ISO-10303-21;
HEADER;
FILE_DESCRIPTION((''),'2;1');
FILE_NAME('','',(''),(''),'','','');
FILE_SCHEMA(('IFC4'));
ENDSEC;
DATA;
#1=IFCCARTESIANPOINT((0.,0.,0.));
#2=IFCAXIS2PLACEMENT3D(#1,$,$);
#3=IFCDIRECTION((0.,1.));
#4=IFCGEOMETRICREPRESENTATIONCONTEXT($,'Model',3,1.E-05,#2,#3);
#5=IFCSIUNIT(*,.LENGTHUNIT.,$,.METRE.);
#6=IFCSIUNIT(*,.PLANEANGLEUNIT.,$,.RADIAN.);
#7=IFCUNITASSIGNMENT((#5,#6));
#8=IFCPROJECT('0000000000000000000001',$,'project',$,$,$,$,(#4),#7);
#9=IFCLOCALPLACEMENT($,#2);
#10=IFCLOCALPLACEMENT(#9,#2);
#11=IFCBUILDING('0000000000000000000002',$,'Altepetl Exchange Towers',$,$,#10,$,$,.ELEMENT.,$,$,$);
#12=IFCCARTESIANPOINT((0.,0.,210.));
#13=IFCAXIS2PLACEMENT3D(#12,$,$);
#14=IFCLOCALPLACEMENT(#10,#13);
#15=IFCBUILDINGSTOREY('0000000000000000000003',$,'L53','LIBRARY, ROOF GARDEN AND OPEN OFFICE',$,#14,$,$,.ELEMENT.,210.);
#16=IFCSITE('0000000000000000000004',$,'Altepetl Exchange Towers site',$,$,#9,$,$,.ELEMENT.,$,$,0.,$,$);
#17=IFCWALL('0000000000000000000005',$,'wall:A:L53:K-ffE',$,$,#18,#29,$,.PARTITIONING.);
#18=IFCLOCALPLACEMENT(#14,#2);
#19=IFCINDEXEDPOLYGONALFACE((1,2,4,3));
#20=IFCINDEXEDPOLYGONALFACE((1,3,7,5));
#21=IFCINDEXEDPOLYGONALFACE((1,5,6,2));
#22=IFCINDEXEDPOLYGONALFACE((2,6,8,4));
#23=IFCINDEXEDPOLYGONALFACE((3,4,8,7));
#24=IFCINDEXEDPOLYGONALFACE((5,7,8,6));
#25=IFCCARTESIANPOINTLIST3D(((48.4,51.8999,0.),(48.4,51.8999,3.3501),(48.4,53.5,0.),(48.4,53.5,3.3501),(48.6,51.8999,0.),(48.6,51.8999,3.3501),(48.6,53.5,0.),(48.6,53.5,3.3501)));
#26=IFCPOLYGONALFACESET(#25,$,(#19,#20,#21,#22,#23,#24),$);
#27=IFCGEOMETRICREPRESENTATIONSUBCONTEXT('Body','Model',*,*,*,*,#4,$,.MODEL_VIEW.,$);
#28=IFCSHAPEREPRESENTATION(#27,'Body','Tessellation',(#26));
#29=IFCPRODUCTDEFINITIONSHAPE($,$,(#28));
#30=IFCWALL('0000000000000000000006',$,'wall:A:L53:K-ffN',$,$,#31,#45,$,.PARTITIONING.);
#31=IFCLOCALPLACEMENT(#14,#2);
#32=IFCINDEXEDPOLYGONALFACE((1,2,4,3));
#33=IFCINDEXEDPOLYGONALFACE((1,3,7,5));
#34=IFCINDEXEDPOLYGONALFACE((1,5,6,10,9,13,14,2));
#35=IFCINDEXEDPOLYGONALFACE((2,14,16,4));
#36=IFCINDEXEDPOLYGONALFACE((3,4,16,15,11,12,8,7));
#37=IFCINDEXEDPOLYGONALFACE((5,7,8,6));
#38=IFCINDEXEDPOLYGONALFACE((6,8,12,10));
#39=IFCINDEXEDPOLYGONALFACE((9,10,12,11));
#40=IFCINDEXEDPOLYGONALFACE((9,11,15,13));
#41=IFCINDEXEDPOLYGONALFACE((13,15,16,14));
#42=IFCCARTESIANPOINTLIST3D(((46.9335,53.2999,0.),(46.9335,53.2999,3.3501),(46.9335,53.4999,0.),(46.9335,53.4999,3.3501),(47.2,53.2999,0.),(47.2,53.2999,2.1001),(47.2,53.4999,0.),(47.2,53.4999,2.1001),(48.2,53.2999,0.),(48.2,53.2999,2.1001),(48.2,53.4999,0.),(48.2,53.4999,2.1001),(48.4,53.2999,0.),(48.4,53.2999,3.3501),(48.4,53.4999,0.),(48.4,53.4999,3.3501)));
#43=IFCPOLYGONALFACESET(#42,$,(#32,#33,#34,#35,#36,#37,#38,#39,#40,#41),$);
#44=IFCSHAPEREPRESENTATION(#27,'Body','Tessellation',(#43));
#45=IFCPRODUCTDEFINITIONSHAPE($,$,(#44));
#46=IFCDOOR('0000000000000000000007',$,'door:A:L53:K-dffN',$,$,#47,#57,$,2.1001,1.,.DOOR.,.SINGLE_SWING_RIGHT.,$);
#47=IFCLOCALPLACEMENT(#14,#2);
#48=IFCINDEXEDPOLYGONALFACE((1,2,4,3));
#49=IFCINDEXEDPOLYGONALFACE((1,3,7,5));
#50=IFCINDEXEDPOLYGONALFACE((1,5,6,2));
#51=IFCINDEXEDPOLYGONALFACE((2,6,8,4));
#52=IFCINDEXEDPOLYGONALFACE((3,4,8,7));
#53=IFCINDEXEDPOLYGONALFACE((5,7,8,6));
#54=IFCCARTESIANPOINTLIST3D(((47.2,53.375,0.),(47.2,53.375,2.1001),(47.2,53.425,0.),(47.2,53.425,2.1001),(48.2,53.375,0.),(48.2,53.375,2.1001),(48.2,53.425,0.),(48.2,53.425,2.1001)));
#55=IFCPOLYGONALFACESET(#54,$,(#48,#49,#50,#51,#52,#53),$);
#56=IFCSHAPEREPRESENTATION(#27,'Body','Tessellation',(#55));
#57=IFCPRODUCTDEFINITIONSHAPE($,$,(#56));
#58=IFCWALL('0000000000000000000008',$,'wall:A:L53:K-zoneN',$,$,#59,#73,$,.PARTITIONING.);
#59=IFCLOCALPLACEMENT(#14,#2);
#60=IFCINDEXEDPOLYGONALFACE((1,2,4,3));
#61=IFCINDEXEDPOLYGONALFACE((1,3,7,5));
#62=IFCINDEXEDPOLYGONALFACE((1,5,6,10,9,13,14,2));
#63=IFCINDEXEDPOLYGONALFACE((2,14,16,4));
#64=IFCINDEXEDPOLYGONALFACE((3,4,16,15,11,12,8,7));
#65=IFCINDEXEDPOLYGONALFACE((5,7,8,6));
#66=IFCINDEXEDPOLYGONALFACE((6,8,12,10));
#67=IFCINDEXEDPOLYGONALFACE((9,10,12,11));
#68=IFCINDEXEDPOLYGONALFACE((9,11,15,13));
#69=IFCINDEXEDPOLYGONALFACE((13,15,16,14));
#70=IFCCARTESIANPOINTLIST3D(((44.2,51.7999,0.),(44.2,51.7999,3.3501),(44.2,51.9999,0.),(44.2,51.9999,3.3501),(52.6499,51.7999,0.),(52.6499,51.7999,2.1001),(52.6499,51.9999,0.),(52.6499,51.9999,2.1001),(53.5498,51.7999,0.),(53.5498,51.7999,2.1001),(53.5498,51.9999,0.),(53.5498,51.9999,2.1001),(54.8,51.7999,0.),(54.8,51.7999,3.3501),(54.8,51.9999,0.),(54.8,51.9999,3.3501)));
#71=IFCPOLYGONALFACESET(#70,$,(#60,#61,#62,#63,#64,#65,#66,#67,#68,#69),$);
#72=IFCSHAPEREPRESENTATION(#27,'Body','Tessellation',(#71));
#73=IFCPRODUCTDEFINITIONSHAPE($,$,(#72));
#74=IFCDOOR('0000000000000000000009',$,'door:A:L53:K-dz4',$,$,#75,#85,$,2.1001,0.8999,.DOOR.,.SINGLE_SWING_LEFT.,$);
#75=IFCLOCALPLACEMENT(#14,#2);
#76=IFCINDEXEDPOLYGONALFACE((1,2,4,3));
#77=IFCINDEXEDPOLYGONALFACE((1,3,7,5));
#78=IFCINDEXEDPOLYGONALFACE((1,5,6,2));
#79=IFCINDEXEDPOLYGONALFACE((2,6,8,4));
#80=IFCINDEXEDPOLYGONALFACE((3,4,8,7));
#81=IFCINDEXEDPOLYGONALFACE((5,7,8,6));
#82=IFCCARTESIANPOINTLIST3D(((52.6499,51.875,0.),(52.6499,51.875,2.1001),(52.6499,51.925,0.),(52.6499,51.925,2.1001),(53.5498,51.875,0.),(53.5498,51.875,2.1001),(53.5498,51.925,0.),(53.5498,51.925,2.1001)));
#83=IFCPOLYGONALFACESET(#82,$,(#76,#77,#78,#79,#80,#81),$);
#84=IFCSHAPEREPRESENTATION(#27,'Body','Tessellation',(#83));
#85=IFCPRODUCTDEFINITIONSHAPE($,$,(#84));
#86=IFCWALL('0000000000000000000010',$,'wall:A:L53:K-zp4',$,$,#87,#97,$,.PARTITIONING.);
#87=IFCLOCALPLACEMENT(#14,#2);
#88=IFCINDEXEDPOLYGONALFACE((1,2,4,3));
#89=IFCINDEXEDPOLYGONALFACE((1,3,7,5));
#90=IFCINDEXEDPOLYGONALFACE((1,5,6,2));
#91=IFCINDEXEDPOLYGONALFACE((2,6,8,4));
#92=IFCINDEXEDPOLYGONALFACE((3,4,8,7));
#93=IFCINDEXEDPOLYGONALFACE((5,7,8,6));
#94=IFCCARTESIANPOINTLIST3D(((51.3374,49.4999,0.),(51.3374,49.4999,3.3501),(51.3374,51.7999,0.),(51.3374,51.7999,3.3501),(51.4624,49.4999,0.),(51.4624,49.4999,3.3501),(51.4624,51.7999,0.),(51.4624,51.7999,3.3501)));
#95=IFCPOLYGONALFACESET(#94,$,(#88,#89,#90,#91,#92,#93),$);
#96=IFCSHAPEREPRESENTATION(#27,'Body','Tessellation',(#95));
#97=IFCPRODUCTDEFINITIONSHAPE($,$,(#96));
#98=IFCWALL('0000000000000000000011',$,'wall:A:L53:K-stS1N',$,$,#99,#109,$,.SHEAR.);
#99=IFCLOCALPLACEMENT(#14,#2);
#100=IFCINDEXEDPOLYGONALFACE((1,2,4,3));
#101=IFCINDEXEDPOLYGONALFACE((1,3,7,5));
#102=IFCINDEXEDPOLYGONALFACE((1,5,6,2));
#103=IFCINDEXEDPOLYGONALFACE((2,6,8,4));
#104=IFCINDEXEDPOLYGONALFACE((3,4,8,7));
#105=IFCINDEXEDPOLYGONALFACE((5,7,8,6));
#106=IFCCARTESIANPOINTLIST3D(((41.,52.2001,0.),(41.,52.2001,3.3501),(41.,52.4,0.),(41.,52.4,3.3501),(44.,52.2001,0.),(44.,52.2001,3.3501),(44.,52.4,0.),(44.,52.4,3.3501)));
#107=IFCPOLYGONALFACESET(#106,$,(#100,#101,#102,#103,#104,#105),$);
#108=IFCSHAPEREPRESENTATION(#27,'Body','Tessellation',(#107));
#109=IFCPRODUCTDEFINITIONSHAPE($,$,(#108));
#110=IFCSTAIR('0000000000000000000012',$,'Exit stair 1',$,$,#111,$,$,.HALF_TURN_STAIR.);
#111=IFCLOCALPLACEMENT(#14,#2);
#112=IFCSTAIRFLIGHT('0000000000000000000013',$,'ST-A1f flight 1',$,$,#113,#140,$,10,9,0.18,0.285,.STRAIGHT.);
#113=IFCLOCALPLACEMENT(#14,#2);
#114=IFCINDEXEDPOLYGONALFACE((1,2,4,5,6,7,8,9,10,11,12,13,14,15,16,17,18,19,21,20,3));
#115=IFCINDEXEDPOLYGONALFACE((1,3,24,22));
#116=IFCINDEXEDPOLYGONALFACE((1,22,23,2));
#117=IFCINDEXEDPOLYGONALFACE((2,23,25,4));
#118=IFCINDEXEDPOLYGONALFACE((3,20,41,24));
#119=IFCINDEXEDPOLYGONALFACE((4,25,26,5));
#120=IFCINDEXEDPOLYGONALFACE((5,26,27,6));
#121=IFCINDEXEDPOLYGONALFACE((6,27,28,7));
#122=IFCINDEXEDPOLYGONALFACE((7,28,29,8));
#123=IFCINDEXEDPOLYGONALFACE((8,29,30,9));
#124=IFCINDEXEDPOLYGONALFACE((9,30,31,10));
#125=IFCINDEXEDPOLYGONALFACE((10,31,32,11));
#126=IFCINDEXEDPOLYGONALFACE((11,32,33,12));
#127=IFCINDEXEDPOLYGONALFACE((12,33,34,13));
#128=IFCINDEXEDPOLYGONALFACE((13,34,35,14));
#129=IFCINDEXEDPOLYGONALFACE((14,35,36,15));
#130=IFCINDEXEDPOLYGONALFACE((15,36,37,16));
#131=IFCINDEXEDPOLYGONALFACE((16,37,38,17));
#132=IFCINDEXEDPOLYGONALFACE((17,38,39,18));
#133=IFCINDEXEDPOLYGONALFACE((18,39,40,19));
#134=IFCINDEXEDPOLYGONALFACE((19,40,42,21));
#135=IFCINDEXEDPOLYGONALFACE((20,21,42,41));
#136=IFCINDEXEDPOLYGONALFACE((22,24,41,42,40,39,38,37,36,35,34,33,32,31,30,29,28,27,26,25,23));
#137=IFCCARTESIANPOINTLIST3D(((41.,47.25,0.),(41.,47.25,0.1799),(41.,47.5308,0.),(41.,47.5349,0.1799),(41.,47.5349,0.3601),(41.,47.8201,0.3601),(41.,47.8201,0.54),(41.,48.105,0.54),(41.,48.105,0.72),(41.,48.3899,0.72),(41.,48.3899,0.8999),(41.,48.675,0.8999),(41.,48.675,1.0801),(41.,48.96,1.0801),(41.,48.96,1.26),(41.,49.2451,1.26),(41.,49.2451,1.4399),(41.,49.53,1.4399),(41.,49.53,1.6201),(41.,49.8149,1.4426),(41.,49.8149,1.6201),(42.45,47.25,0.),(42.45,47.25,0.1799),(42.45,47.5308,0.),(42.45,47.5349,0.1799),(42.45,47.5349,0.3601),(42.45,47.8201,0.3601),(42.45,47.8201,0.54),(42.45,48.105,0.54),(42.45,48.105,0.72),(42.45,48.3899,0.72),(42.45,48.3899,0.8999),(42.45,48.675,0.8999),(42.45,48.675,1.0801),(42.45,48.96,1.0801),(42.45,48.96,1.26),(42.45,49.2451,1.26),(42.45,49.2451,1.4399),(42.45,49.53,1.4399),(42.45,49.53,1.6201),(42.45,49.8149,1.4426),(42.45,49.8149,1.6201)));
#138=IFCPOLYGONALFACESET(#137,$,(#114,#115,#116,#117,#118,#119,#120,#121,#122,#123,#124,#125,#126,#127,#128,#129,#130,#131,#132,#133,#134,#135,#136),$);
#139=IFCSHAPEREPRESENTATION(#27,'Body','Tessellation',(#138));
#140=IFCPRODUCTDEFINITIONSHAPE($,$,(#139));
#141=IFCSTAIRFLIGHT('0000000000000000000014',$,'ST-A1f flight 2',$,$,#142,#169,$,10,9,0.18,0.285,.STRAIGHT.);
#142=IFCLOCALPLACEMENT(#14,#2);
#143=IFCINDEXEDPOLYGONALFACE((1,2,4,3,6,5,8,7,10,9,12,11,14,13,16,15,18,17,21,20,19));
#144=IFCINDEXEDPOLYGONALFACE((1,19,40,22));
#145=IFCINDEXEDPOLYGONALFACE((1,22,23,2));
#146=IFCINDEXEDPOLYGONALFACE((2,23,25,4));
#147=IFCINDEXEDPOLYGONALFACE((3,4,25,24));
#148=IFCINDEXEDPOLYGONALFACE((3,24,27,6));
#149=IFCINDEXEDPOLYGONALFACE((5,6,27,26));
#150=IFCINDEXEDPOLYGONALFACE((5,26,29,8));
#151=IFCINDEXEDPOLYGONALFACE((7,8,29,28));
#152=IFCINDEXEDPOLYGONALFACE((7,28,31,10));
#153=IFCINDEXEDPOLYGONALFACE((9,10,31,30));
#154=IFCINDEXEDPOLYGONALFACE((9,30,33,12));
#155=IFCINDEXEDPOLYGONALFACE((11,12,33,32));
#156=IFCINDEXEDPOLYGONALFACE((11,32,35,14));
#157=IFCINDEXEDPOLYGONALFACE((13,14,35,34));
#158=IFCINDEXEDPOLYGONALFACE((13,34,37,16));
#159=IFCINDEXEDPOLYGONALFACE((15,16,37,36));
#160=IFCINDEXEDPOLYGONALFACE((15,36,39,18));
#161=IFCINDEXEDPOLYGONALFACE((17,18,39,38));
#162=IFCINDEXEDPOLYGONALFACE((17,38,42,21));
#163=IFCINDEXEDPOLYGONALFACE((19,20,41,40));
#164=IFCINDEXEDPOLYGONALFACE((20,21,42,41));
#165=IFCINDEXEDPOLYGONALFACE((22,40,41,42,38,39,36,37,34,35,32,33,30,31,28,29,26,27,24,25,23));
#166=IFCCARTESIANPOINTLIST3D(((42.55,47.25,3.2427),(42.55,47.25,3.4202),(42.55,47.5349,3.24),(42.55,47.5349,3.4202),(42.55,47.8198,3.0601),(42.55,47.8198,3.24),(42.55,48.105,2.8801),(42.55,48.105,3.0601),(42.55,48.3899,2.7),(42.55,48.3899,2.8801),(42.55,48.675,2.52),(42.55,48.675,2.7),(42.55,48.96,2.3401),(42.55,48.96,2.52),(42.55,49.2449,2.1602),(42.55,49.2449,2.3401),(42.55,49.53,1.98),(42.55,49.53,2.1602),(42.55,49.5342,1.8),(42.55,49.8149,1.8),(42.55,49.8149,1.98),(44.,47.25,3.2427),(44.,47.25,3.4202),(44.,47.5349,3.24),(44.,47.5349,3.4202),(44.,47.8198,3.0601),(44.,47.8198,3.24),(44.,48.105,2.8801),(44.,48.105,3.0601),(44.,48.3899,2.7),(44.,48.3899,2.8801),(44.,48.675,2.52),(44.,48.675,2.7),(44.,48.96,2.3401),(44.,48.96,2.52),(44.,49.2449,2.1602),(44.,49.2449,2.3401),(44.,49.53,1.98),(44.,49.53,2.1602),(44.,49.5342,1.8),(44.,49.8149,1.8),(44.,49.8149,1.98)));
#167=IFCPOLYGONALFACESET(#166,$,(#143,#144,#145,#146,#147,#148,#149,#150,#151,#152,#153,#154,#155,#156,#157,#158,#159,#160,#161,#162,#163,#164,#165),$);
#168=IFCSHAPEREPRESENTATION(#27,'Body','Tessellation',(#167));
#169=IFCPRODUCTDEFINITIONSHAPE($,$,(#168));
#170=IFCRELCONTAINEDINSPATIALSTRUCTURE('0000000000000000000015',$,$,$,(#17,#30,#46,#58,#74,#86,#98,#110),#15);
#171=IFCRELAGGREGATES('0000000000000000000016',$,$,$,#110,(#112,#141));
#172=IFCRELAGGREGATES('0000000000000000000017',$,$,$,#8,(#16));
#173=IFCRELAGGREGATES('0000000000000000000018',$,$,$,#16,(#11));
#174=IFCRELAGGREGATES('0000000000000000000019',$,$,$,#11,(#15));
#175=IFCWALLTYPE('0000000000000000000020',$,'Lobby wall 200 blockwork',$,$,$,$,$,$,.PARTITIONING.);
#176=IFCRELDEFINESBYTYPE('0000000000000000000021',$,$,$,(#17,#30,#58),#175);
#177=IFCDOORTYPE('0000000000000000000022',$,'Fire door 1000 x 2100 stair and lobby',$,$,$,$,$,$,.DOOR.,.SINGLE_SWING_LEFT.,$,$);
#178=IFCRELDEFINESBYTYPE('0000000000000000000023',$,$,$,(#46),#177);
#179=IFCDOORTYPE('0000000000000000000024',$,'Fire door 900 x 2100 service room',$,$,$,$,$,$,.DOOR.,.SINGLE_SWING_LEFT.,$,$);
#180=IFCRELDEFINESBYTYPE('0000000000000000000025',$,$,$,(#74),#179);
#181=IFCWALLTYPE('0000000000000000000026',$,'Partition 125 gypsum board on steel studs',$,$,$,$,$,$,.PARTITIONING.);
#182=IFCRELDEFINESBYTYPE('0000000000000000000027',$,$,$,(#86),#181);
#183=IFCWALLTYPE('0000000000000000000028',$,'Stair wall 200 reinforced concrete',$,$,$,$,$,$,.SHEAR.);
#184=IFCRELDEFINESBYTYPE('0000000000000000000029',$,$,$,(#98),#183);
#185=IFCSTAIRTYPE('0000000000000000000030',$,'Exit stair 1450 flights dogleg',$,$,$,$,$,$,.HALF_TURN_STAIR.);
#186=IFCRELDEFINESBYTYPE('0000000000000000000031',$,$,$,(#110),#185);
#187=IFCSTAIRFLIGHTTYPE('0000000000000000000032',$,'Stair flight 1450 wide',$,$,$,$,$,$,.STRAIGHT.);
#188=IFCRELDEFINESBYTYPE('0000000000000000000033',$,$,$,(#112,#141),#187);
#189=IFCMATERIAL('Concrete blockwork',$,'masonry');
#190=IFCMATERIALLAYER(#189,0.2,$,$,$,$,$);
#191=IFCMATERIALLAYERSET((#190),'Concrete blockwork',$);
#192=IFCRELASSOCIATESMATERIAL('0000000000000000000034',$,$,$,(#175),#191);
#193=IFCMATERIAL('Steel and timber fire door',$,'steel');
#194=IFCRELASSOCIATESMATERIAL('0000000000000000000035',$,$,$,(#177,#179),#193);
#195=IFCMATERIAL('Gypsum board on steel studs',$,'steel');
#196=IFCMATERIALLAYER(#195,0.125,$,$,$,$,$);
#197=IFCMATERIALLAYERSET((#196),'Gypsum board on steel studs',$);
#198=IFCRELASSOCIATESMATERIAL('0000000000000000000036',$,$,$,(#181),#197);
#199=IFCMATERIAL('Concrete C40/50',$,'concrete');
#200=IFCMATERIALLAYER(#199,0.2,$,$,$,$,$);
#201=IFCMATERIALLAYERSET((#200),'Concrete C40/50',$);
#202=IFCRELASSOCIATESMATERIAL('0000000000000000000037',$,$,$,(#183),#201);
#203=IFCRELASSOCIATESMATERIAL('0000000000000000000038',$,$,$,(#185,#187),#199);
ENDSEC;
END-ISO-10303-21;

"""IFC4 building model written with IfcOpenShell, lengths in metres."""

from ifc_helpers import new_model, si_unit, direction, frame, frame_2d, origin, place, context, subcontext, project, spatial, polyline, rectangle, outline, extrude, material, layer, layer_set, type_object, element, fill, aggregate, save


model = new_model("IFC4")

# Units and contexts
model_context = context("Model", 3, precision=1e-05, world=origin(), true_north=direction((0.0, 1.0)))
body_context = subcontext(model_context, "Body", "Model", "MODEL_VIEW")
ifc_project = project(units=[si_unit("LENGTHUNIT", "METRE"), si_unit("PLANEANGLEUNIT", "RADIAN")], contexts=[model_context])

# Site, building, storey
site_placement = place(None, origin())
site = spatial("IfcSite", under=ifc_project, at=site_placement, Name="Altepetl Exchange Towers site", CompositionType="ELEMENT", RefElevation=0.0)
building_placement = place(site_placement, origin())
building = spatial("IfcBuilding", under=site, at=building_placement, Name="Altepetl Exchange Towers", CompositionType="ELEMENT")
storey_placement = place(building_placement, frame((0.0, 0.0, 210.0)))
storey = spatial("IfcBuildingStorey", under=building, at=storey_placement, Name="L53", Description="LIBRARY, ROOF GARDEN AND OPEN OFFICE", CompositionType="ELEMENT", Elevation=210.0)

# Wall
ifc_material_1 = material(Name="Concrete blockwork", Category="masonry")
ifc_layer_1 = layer(ifc_material_1, 0.2)
ifc_layer_set_1 = layer_set([ifc_layer_1], Name="Concrete blockwork")
wall_type_1 = type_object("IfcWallType", Name="Lobby wall 200 blockwork", PredefinedType="PARTITIONING", material=ifc_layer_set_1)
wall_1_placement = place(storey_placement, frame((48.5, 51.8999, 0.0), z_axis=(0.0, 0.0, 1.0), x_axis=(0.0, 1.0, 0.0)))
element("IfcWall", 1, at=wall_1_placement, inside=storey, type_object=wall_type_1, Name="wall:A:L53:K-ffE", PredefinedType="PARTITIONING", context=body_context, shape_type="SweptSolid", body=[
    extrude(rectangle(XDim=1.6001, YDim=0.2, at=frame_2d((0.8, 0.0))), origin(), (0.0, 0.0, 1.0), 3.3501),
])

# Walls, openings, doors
wall_2_placement = place(storey_placement, frame((46.9333, 53.3999, 0.0)))
wall_2 = element("IfcWall", 2, at=wall_2_placement, inside=storey, type_object=wall_type_1, Name="wall:A:L53:K-ffN", PredefinedType="PARTITIONING", context=body_context, shape_type="SweptSolid", body=[
    extrude(rectangle(XDim=1.4666, YDim=0.2, at=frame_2d((0.7334, 0.0))), origin(), (0.0, 0.0, 1.0), 3.3501),
])
opening_1_placement = place(wall_2_placement, frame((0.2666, 0.0, 0.0)))
opening_1 = element("IfcOpeningElement", 3, at=opening_1_placement, cuts=wall_2, PredefinedType="OPENING", context=body_context, shape_type="SweptSolid", body=[
    extrude(rectangle(XDim=1.0, YDim=2.1001, at=frame_2d((0.5, 1.05))), frame((0.0, 0.1099, 0.0), z_axis=(0.0, -1.0, 0.0), x_axis=(1.0, 0.0, 0.0)), (0.0, 0.0, 1.0), 0.22),
])
ifc_material_2 = material(Name="Steel and timber fire door", Category="steel")
door_type_1 = type_object("IfcDoorType", Name="Fire door 1000 x 2100 stair and lobby", OperationType="SINGLE_SWING_LEFT", PredefinedType="DOOR", material=ifc_material_2)
door_1_placement = place(opening_1_placement, frame((1.0, 0.0, 0.0), x_axis=(-1.0, 0.0, 0.0)))
door_1 = element("IfcDoor", 4, at=door_1_placement, inside=storey, type_object=door_type_1, Name="door:A:L53:K-dffN", OperationType="SINGLE_SWING_RIGHT", OverallHeight=2.1001, OverallWidth=1.0, PredefinedType="DOOR", context=body_context, shape_type="SweptSolid", body=[
    extrude(rectangle(XDim=1.0, YDim=2.1001, at=frame_2d((0.5, 1.05))), frame((0.0, 0.0249, 0.0), z_axis=(0.0, -1.0, 0.0), x_axis=(1.0, 0.0, 0.0)), (0.0, 0.0, 1.0), 0.05),
])
fill(opening_1, door_1)
wall_3_placement = place(storey_placement, frame((44.2, 51.8999, 0.0)))
wall_3 = element("IfcWall", 5, at=wall_3_placement, inside=storey, type_object=wall_type_1, Name="wall:A:L53:K-zoneN", PredefinedType="PARTITIONING", context=body_context, shape_type="SweptSolid", body=[
    extrude(rectangle(XDim=10.6001, YDim=0.2, at=frame_2d((5.3, 0.0))), origin(), (0.0, 0.0, 1.0), 3.3501),
])
opening_2_placement = place(wall_3_placement, frame((8.45, 0.0, 0.0)))
opening_2 = element("IfcOpeningElement", 6, at=opening_2_placement, cuts=wall_3, PredefinedType="OPENING", context=body_context, shape_type="SweptSolid", body=[
    extrude(rectangle(XDim=0.8999, YDim=2.1001, at=frame_2d((0.45, 1.05))), frame((0.0, 0.1099, 0.0), z_axis=(0.0, -1.0, 0.0), x_axis=(1.0, 0.0, 0.0)), (0.0, 0.0, 1.0), 0.22),
])
door_type_2 = type_object("IfcDoorType", Name="Fire door 900 x 2100 service room", OperationType="SINGLE_SWING_LEFT", PredefinedType="DOOR", material=ifc_material_2)
door_2_placement = place(opening_2_placement, frame((0.8999, 0.0, 0.0), x_axis=(-1.0, 0.0, 0.0)))
door_2 = element("IfcDoor", 7, at=door_2_placement, inside=storey, type_object=door_type_2, Name="door:A:L53:K-dz4", OperationType="SINGLE_SWING_LEFT", OverallHeight=2.1001, OverallWidth=0.8999, PredefinedType="DOOR", context=body_context, shape_type="SweptSolid", body=[
    extrude(rectangle(XDim=0.8999, YDim=2.1001, at=frame_2d((0.45, 1.05))), frame((0.0, 0.0249, 0.0), z_axis=(0.0, -1.0, 0.0), x_axis=(1.0, 0.0, 0.0)), (0.0, 0.0, 1.0), 0.05),
])
fill(opening_2, door_2)

# Walls
ifc_material_3 = material(Name="Gypsum board on steel studs", Category="steel")
ifc_layer_2 = layer(ifc_material_3, 0.125)
ifc_layer_set_2 = layer_set([ifc_layer_2], Name="Gypsum board on steel studs")
wall_type_2 = type_object("IfcWallType", Name="Partition 125 gypsum board on steel studs", PredefinedType="PARTITIONING", material=ifc_layer_set_2)
wall_4_placement = place(storey_placement, frame((51.3999, 49.5, 0.0), z_axis=(0.0, 0.0, 1.0), x_axis=(0.0, 1.0, 0.0)))
element("IfcWall", 8, at=wall_4_placement, inside=storey, type_object=wall_type_2, Name="wall:A:L53:K-zp4", PredefinedType="PARTITIONING", context=body_context, shape_type="SweptSolid", body=[
    extrude(rectangle(XDim=2.3, YDim=0.125, at=frame_2d((1.1499, 0.0))), origin(), (0.0, 0.0, 1.0), 3.3501),
])
ifc_material_4 = material(Name="Concrete C40/50", Category="concrete")
ifc_layer_3 = layer(ifc_material_4, 0.2)
ifc_layer_set_3 = layer_set([ifc_layer_3], Name="Concrete C40/50")
wall_type_3 = type_object("IfcWallType", Name="Stair wall 200 reinforced concrete", PredefinedType="SHEAR", material=ifc_layer_set_3)
wall_5_placement = place(storey_placement, frame((41.0, 52.3, 0.0)))
element("IfcWall", 9, at=wall_5_placement, inside=storey, type_object=wall_type_3, Name="wall:A:L53:K-stS1N", PredefinedType="SHEAR", context=body_context, shape_type="SweptSolid", body=[
    extrude(rectangle(XDim=3.0, YDim=0.2, at=frame_2d((1.5, 0.0))), origin(), (0.0, 0.0, 1.0), 3.3501),
])

# Stair, stair flights
stair_type = type_object("IfcStairType", Name="Exit stair 1450 flights dogleg", PredefinedType="HALF_TURN_STAIR", material=ifc_material_4)
stair_placement = place(storey_placement, origin())
stair = element("IfcStair", 10, at=stair_placement, inside=storey, type_object=stair_type, Name="Exit stair 1", PredefinedType="HALF_TURN_STAIR")
stair_flight_type = type_object("IfcStairFlightType", Name="Stair flight 1450 wide", PredefinedType="STRAIGHT", material=ifc_material_4)
stair_flight_1_placement = place(storey_placement, frame((41.7251, 47.25, 0.0), z_axis=(0.0, 0.0, 1.0), x_axis=(0.0, 1.0, 0.0)))
stair_flight_1 = element("IfcStairFlight", 11, at=stair_flight_1_placement, type_object=stair_flight_type, Name="ST-A1f flight 1", NumberOfRisers=10, NumberOfTreads=9, PredefinedType="STRAIGHT", RiserHeight=0.18, TreadLength=0.285, context=body_context, shape_type="SweptSolid", body=[
    extrude(outline(polyline([(0.0, 0.0), (0.0, 0.1799), (0.2849, 0.1799), (0.2849, 0.3601), (0.5701, 0.3601), (0.5701, 0.54), (0.855, 0.54), (0.855, 0.72), (1.1399, 0.72), (1.1399, 0.8999), (1.425, 0.8999), (1.425, 1.0801), (1.71, 1.0801), (1.71, 1.26), (1.9951, 1.26), (1.9951, 1.4399), (2.28, 1.4399), (2.28, 1.6201), (2.5649, 1.6201), (2.5649, 1.8), (2.5649, 1.4426), (0.2808, 0.0), (0.0, 0.0)])), frame((0.0, 0.7251, 0.0), z_axis=(0.0, -1.0, 0.0), x_axis=(1.0, 0.0, 0.0)), (0.0, 0.0, 1.0), 1.45),
])
stair_flight_2_placement = place(storey_placement, frame((43.2749, 49.8149, 1.8), z_axis=(0.0, 0.0, 1.0), x_axis=(0.0, -1.0, 0.0)))
stair_flight_2 = element("IfcStairFlight", 12, at=stair_flight_2_placement, type_object=stair_flight_type, Name="ST-A1f flight 2", NumberOfRisers=10, NumberOfTreads=9, PredefinedType="STRAIGHT", RiserHeight=0.18, TreadLength=0.285, context=body_context, shape_type="SweptSolid", body=[
    extrude(outline(polyline([(0.0, 0.0), (0.0, 0.1799), (0.2849, 0.1799), (0.2849, 0.3601), (0.5701, 0.3601), (0.5701, 0.54), (0.855, 0.54), (0.855, 0.72), (1.1399, 0.72), (1.1399, 0.8999), (1.425, 0.8999), (1.425, 1.0801), (1.71, 1.0801), (1.71, 1.26), (1.9951, 1.26), (1.9951, 1.4399), (2.28, 1.4399), (2.28, 1.6201), (2.5649, 1.6201), (2.5649, 1.8), (2.5649, 1.4426), (0.2808, 0.0), (0.0, 0.0)])), frame((0.0, 0.7251, 0.0), z_axis=(0.0, -1.0, 0.0), x_axis=(1.0, 0.0, 0.0)), (0.0, 0.0, 1.0), 1.45),
])
aggregate(stair, [stair_flight_1, stair_flight_2])

save(model, "model.ifc")
